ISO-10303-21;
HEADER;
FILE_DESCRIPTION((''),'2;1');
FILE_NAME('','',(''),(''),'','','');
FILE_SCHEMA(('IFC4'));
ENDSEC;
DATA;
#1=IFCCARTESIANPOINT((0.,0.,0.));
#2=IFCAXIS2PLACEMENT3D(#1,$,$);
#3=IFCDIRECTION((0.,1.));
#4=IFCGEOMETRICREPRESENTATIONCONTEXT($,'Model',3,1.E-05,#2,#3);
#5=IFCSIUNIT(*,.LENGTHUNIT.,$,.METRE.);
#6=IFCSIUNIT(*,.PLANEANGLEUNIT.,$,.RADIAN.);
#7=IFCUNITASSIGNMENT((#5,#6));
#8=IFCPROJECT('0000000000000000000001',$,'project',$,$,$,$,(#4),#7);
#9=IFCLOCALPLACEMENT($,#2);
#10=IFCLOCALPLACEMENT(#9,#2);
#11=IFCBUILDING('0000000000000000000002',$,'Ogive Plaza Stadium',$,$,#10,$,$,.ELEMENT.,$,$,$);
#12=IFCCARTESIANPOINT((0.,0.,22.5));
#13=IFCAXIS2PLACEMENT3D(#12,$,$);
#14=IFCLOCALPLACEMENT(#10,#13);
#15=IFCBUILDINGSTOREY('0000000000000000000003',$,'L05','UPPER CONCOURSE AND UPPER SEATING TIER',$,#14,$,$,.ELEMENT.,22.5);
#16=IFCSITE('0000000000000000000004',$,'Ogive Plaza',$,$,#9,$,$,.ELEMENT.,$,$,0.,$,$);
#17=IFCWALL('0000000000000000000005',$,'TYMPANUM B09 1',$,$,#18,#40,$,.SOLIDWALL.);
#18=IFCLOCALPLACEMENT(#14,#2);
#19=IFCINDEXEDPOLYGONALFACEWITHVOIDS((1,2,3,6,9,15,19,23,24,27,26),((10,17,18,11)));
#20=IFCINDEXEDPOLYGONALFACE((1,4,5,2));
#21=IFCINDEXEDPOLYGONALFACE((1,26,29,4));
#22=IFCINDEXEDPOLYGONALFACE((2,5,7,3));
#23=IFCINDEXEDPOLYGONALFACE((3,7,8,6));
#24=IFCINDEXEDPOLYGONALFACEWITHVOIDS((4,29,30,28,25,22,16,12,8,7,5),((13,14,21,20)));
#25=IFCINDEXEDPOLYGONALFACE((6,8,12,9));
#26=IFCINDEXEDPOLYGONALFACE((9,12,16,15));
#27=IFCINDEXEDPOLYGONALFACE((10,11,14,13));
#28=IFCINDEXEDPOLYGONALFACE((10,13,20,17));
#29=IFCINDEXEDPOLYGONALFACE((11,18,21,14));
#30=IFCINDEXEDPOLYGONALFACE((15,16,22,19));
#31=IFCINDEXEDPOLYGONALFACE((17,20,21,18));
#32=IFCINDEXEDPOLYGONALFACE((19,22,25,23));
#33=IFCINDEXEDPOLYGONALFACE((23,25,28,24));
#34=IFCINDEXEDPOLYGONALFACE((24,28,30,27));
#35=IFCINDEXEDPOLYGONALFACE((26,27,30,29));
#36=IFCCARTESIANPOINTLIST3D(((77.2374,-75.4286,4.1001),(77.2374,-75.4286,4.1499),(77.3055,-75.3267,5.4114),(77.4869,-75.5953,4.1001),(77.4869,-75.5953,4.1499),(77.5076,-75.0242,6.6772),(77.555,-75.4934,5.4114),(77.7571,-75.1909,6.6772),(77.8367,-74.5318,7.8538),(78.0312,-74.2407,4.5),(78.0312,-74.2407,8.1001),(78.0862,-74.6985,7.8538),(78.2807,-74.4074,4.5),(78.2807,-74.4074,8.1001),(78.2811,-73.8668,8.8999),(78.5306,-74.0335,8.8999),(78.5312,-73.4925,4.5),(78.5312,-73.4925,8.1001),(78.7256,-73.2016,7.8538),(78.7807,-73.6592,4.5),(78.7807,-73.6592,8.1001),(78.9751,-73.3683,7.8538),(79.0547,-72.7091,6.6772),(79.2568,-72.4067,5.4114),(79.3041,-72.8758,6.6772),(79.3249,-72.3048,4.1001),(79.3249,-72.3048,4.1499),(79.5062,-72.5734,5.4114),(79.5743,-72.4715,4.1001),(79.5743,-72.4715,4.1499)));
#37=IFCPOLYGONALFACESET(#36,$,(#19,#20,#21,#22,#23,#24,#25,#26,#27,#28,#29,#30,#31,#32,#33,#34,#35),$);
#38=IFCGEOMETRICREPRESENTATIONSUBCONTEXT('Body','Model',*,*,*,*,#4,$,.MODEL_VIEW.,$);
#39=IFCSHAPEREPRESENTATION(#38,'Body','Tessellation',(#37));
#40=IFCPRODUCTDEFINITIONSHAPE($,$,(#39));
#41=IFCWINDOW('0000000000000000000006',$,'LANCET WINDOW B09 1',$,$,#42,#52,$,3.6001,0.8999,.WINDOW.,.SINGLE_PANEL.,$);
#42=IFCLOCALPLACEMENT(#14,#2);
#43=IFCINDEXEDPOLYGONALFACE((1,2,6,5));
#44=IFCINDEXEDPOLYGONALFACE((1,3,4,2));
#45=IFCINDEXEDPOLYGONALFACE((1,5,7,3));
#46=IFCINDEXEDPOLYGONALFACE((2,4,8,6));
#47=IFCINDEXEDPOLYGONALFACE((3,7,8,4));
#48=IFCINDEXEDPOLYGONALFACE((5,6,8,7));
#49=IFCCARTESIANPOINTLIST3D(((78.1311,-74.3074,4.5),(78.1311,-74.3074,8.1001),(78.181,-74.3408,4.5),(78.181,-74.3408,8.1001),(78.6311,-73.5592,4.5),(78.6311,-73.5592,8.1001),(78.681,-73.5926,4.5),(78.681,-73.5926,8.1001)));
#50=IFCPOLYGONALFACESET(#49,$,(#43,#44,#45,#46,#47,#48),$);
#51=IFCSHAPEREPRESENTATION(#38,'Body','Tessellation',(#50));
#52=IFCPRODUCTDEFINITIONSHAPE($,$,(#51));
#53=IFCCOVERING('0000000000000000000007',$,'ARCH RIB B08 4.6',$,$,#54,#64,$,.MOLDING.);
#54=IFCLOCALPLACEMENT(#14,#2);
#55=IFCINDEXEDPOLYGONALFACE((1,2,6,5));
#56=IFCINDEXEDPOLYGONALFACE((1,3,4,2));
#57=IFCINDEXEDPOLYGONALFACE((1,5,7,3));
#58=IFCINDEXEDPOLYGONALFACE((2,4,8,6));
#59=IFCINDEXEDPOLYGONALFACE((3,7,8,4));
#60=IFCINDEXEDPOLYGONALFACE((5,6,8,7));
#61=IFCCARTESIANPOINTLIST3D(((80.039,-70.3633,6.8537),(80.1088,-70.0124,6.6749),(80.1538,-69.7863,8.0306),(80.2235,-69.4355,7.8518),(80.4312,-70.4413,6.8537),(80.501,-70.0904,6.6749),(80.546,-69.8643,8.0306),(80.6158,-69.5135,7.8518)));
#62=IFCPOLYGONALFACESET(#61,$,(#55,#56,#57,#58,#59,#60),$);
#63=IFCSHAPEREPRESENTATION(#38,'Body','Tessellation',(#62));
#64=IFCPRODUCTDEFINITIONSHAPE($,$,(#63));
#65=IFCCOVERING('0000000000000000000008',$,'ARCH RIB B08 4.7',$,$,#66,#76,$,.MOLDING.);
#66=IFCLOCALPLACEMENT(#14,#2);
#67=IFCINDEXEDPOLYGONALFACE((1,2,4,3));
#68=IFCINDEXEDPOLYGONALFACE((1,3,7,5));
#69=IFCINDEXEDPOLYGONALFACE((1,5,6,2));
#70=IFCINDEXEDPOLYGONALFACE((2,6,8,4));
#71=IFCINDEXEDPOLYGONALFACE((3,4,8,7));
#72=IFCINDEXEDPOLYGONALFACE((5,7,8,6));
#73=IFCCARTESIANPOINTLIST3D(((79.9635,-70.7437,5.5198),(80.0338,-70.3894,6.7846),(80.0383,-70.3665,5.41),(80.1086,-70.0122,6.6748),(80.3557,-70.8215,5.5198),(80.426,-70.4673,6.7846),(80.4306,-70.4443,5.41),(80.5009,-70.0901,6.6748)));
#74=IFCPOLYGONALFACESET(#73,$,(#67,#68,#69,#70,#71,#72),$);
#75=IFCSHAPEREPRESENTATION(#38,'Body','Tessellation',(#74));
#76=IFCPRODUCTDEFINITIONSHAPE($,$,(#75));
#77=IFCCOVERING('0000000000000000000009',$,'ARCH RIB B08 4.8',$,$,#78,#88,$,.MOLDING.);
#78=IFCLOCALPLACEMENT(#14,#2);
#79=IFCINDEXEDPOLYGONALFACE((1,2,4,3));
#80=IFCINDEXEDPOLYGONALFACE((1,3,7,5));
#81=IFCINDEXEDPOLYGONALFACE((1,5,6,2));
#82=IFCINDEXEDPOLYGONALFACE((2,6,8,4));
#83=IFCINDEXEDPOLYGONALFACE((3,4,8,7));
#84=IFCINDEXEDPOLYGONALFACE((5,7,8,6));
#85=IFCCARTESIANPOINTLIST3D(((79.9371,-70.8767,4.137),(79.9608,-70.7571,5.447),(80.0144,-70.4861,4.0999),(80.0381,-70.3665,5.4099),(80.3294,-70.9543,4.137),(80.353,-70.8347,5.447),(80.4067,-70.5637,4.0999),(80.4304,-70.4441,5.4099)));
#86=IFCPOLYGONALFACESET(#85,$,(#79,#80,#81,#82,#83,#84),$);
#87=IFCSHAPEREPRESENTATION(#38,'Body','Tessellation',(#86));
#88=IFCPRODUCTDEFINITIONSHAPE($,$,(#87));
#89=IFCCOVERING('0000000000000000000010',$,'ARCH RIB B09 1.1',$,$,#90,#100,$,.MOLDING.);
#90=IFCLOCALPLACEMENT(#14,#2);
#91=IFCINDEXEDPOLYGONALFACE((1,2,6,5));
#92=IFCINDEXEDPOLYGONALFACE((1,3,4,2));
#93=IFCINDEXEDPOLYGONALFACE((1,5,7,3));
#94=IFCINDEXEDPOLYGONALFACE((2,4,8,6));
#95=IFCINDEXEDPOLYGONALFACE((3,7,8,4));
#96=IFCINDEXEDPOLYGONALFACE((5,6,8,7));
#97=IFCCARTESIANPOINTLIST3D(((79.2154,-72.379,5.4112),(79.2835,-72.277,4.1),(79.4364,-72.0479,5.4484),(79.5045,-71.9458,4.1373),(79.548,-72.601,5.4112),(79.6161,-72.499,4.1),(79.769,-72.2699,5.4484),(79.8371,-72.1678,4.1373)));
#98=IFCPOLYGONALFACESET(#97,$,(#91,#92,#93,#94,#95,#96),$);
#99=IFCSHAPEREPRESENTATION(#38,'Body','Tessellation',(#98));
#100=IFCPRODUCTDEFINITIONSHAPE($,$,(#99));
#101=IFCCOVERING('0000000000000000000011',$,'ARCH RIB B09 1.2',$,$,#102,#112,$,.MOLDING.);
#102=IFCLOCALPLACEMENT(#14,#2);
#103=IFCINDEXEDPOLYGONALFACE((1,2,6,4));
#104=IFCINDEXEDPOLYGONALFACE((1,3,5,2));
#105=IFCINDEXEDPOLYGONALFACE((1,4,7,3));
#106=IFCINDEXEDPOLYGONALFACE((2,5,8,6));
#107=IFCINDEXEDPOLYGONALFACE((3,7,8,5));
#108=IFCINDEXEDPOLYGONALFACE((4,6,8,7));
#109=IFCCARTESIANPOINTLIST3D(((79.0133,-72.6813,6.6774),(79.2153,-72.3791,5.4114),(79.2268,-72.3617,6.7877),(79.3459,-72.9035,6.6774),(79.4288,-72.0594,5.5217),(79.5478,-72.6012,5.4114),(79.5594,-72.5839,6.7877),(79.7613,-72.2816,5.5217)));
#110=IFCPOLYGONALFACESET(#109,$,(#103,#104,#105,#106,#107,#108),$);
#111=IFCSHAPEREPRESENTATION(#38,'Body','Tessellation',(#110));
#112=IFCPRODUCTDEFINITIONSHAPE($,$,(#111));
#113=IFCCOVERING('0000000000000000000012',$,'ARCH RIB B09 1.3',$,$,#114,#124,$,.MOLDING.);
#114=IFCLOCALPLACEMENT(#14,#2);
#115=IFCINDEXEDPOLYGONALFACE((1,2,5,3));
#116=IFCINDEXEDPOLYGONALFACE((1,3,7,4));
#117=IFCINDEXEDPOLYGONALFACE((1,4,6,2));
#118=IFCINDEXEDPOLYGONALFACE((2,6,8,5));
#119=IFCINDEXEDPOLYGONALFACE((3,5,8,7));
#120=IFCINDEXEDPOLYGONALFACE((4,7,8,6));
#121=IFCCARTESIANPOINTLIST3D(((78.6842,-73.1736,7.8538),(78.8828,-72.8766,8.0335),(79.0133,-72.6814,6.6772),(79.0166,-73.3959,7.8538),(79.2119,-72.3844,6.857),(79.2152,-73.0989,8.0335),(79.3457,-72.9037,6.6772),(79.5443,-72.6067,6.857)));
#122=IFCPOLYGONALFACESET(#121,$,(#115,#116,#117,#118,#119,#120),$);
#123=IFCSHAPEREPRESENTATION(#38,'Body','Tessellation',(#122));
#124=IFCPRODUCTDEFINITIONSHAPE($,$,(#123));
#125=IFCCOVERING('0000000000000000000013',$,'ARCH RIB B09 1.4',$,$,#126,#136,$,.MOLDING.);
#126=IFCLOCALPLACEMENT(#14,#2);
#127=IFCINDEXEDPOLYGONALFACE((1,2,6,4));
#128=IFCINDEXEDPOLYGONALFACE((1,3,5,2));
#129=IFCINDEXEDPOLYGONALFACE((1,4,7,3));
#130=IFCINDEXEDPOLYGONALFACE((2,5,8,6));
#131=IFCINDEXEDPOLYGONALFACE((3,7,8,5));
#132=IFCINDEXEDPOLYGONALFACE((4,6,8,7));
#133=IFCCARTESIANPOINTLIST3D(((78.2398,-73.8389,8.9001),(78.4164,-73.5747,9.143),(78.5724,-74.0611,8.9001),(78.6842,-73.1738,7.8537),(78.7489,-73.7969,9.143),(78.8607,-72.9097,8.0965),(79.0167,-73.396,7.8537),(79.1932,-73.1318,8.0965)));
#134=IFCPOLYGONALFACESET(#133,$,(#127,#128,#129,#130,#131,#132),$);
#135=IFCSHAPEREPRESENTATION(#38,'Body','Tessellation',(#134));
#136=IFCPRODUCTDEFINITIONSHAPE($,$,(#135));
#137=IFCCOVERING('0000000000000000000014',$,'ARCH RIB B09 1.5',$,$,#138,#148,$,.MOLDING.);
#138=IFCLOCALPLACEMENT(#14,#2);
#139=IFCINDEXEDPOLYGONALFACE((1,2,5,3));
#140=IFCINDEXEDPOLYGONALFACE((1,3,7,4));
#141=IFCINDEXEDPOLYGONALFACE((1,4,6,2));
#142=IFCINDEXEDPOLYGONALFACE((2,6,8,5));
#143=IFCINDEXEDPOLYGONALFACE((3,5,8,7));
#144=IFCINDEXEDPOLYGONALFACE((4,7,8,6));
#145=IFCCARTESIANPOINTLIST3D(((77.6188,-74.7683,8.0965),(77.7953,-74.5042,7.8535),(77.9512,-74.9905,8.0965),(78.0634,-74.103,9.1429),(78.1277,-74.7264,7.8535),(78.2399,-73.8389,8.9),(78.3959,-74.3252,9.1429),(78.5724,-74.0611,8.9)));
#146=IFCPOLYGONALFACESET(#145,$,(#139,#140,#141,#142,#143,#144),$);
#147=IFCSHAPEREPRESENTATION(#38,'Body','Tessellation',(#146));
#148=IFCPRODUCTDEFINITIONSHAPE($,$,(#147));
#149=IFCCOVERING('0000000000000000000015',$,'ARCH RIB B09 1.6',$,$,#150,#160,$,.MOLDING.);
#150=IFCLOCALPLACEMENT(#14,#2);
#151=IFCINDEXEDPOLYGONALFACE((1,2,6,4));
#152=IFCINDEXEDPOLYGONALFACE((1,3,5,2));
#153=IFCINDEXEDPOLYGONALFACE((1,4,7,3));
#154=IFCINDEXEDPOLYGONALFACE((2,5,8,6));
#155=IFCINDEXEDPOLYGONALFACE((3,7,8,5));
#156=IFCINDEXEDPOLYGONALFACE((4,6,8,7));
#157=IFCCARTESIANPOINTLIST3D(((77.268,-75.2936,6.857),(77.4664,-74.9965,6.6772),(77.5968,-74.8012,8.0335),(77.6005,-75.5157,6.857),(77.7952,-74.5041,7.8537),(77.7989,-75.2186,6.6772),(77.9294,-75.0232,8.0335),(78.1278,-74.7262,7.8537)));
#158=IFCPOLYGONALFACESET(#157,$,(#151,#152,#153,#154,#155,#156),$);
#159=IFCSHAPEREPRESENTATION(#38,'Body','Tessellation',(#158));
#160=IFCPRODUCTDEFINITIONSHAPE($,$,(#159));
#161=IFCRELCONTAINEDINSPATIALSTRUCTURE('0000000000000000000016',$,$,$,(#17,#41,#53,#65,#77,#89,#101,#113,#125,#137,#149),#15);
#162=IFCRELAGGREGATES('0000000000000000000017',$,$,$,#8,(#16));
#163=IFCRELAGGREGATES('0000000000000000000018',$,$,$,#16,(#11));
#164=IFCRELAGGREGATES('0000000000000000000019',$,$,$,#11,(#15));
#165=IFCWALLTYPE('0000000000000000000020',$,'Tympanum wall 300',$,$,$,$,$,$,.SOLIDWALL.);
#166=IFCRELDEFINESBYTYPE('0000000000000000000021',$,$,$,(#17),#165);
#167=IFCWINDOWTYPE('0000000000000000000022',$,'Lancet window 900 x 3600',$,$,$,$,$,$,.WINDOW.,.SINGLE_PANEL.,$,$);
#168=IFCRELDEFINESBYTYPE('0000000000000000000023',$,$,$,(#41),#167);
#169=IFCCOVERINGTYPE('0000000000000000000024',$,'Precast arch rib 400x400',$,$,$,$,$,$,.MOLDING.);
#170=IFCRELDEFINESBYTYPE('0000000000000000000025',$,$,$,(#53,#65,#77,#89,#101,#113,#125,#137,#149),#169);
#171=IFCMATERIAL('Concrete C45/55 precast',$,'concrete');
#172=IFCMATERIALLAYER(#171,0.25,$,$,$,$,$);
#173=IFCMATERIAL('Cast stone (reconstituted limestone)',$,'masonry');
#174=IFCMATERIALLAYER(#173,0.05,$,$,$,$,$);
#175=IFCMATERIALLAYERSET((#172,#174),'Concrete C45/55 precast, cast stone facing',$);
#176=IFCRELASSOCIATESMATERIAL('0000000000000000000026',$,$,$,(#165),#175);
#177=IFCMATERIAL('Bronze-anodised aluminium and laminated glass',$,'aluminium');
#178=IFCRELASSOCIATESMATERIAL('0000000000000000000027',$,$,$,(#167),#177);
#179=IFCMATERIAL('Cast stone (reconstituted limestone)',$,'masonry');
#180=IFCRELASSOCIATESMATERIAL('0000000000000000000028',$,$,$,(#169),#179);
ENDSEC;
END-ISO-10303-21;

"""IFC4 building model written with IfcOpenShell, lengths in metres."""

from ifc_helpers import new_model, si_unit, direction, frame, frame_2d, origin, origin_2d, place, context, subcontext, project, spatial, polyline, rectangle, outline, extrude, material, layer, layer_set, material_profile, profile_set, type_object, element, fill, save


model = new_model("IFC4")

# Units and contexts
model_context = context("Model", 3, precision=1e-05, world=origin(), true_north=direction((0.0, 1.0)))
body_context = subcontext(model_context, "Body", "Model", "MODEL_VIEW")
ifc_project = project(units=[si_unit("LENGTHUNIT", "METRE"), si_unit("PLANEANGLEUNIT", "RADIAN")], contexts=[model_context])

# Site, building, storey
site_placement = place(None, origin())
site = spatial("IfcSite", under=ifc_project, at=site_placement, Name="Ogive Plaza", CompositionType="ELEMENT", RefElevation=0.0)
building_placement = place(site_placement, origin())
building = spatial("IfcBuilding", under=site, at=building_placement, Name="Ogive Plaza Stadium", CompositionType="ELEMENT")
storey_placement = place(building_placement, frame((0.0, 0.0, 22.5)))
storey = spatial("IfcBuildingStorey", under=building, at=storey_placement, Name="L05", Description="UPPER CONCOURSE AND UPPER SEATING TIER", CompositionType="ELEMENT", Elevation=22.5)

# Wall, opening, window
ifc_material_1 = material(Name="Concrete C45/55 precast", Category="concrete")
ifc_layer_1 = layer(ifc_material_1, 0.25)
ifc_material_2 = material(Name="Cast stone (reconstituted limestone)", Category="masonry")
ifc_layer_2 = layer(ifc_material_2, 0.05)
ifc_layer_set_1 = layer_set([ifc_layer_1, ifc_layer_2], Name="Concrete C45/55 precast, cast stone facing")
wall_type = type_object("IfcWallType", Name="Tympanum wall 300", PredefinedType="SOLIDWALL", material=ifc_layer_set_1)
wall_placement = place(storey_placement, frame((79.4497, -72.3882, 4.1001), z_axis=(0.0, 0.0, 1.0), x_axis=(-0.5556, -0.83145, 0.0)))
wall = element("IfcWall", 1, at=wall_placement, inside=storey, type_object=wall_type, Name="TYMPANUM B09 1", PredefinedType="SOLIDWALL", context=body_context, shape_type="SweptSolid", body=[
    extrude(outline(polyline([(0.0, 0.0), (3.7571, 0.0), (3.7571, 0.0498), (3.6345, 1.3113), (3.2708, 2.5771), (2.6785, 3.7537), (1.8787, 4.7998), (1.0786, 3.7537), (0.4863, 2.5771), (0.1226, 1.3113), (0.0, 0.0498), (0.0, 0.0)])), frame((0.0, 0.1499, 0.0), z_axis=(0.0, -1.0, 0.0), x_axis=(1.0, 0.0, 0.0)), (0.0, 0.0, 1.0), 0.3),
])
opening_placement = place(wall_placement, frame((1.4285, 0.0, 0.3999)))
opening = element("IfcOpeningElement", 2, at=opening_placement, cuts=wall, PredefinedType="OPENING", context=body_context, shape_type="SweptSolid", body=[
    extrude(rectangle(XDim=0.8999, YDim=3.6001, at=frame_2d((0.45, 1.8))), frame((0.0, 0.1602, 0.0), z_axis=(0.0, -1.0, 0.0), x_axis=(1.0, 0.0, 0.0)), (0.0, 0.0, 1.0), 0.3201),
])
ifc_material_3 = material(Name="Bronze-anodised aluminium and laminated glass", Category="aluminium")
window_type = type_object("IfcWindowType", Name="Lancet window 900 x 3600", PartitioningType="SINGLE_PANEL", PredefinedType="WINDOW", material=ifc_material_3)
window_placement = place(opening_placement, origin())
window = element("IfcWindow", 3, at=window_placement, inside=storey, type_object=window_type, Name="LANCET WINDOW B09 1", OverallHeight=3.6001, OverallWidth=0.8999, PartitioningType="SINGLE_PANEL", PredefinedType="WINDOW", context=body_context, shape_type="SweptSolid", body=[
    extrude(rectangle(XDim=0.8999, YDim=3.6001, at=frame_2d((0.45, 1.8))), frame((0.0, 0.03, 0.0), z_axis=(0.0, -1.0, 0.0), x_axis=(1.0, 0.0, 0.0)), (0.0, 0.0, 1.0), 0.0601),
])
fill(opening, window)

# Coverings
ifc_material_4 = material(Name="Cast stone (reconstituted limestone)", Category="masonry")
ifc_material_profile_1 = material_profile(ifc_material_4, rectangle(XDim=0.3999, YDim=0.3999, at=origin_2d()), Name="Cast stone 400x400")
ifc_profile_set_1 = profile_set([ifc_material_profile_1], Name="Cast stone (reconstituted limestone)")
covering_type = type_object("IfcCoveringType", Name="Precast arch rib 400x400", PredefinedType="MOLDING", material=ifc_profile_set_1)
covering_1_placement = place(storey_placement, frame((80.3848, -69.6499, 7.9412), z_axis=(-0.087221, -0.438518, -0.89448), x_axis=(0.980788, -0.195078, 0.0)))
element("IfcCovering", 4, at=covering_1_placement, inside=storey, type_object=covering_type, Name="ARCH RIB B08 4.6", PredefinedType="MOLDING", context=body_context, shape_type="SweptSolid", body=[
    extrude(rectangle(XDim=0.3999, YDim=0.3999, at=origin_2d()), origin(), (0.0, 0.0, 1.0), 1.3157),
])
covering_2_placement = place(storey_placement, frame((80.2673, -70.2397, 6.7297), z_axis=(-0.053452, -0.2693, -0.961572), x_axis=(0.980866, -0.194686, 0.0)))
element("IfcCovering", 5, at=covering_2_placement, inside=storey, type_object=covering_type, Name="ARCH RIB B08 4.7", PredefinedType="MOLDING", context=body_context, shape_type="SweptSolid", body=[
    extrude(rectangle(XDim=0.3999, YDim=0.3999, at=origin_2d()), origin(), (0.0, 0.0, 1.0), 1.3154),
])
covering_3_placement = place(storey_placement, frame((80.1956, -70.6006, 5.4285), z_axis=(-0.017999, -0.090923, -0.995695), x_axis=(0.980964, -0.194191, 0.0)))
element("IfcCovering", 6, at=covering_3_placement, inside=storey, type_object=covering_type, Name="ARCH RIB B08 4.8", PredefinedType="MOLDING", context=body_context, shape_type="SweptSolid", body=[
    extrude(rectangle(XDim=0.3999, YDim=0.3999, at=origin_2d()), origin(), (0.0, 0.0, 1.0), 1.3157),
])
covering_4_placement = place(storey_placement, frame((79.5603, -72.2224, 4.1187), z_axis=(-0.05172, -0.077487, 0.995651), x_axis=(0.831744, -0.555159, 0.0)))
element("IfcCovering", 7, at=covering_4_placement, inside=storey, type_object=covering_type, Name="ARCH RIB B09 1.1", PredefinedType="MOLDING", context=body_context, shape_type="SweptSolid", body=[
    extrude(rectangle(XDim=0.3999, YDim=0.3999, at=origin_2d()), origin(), (0.0, 0.0, 1.0), 1.3169),
])
for number, where, z_axis, x_axis, name in (
    (8, (79.4883, -72.3303, 5.4666), (-0.153304, -0.229492, 0.961161), (0.831533, -0.555475, 0.0), "ARCH RIB B09 1.2"),
    (9, (79.2788, -72.644, 6.7671), (-0.249869, -0.373692, 0.893264), (0.831288, -0.555842, 0.0), "ARCH RIB B09 1.3"),
    (10, (78.9387, -73.1528, 7.9751), (-0.337371, -0.504944, 0.794489), (0.831486, -0.555545, 0.0), "ARCH RIB B09 1.4"),
):
    element("IfcCovering", number, at=place(storey_placement, frame(where, z_axis=z_axis, x_axis=x_axis)), inside=storey, type_object=covering_type, Name=name, PredefinedType="MOLDING", context=body_context, shape_type="SweptSolid", body=[
        extrude(rectangle(XDim=0.3999, YDim=0.3999, at=origin_2d()), origin(), (0.0, 0.0, 1.0), 1.3171),
    ])
covering_5_placement = place(storey_placement, frame((78.3179, -74.082, 9.0215), z_axis=(-0.337503, -0.50505, -0.794365), x_axis=(0.83144, -0.555615, 0.0)))
element("IfcCovering", 11, at=covering_5_placement, inside=storey, type_object=covering_type, Name="ARCH RIB B09 1.5", PredefinedType="MOLDING", context=body_context, shape_type="SweptSolid", body=[
    extrude(rectangle(XDim=0.3999, YDim=0.3999, at=origin_2d()), origin(), (0.0, 0.0, 1.0), 1.3174),
])
covering_6_placement = place(storey_placement, frame((77.8623, -74.7637, 7.9436), z_axis=(-0.249678, -0.373868, -0.893243), x_axis=(0.831606, -0.555366, 0.0)))
element("IfcCovering", 12, at=covering_6_placement, inside=storey, type_object=covering_type, Name="ARCH RIB B09 1.6", PredefinedType="MOLDING", context=body_context, shape_type="SweptSolid", body=[
    extrude(rectangle(XDim=0.3999, YDim=0.3999, at=origin_2d()), origin(), (0.0, 0.0, 1.0), 1.3171),
])

save(model, "model.ifc")
